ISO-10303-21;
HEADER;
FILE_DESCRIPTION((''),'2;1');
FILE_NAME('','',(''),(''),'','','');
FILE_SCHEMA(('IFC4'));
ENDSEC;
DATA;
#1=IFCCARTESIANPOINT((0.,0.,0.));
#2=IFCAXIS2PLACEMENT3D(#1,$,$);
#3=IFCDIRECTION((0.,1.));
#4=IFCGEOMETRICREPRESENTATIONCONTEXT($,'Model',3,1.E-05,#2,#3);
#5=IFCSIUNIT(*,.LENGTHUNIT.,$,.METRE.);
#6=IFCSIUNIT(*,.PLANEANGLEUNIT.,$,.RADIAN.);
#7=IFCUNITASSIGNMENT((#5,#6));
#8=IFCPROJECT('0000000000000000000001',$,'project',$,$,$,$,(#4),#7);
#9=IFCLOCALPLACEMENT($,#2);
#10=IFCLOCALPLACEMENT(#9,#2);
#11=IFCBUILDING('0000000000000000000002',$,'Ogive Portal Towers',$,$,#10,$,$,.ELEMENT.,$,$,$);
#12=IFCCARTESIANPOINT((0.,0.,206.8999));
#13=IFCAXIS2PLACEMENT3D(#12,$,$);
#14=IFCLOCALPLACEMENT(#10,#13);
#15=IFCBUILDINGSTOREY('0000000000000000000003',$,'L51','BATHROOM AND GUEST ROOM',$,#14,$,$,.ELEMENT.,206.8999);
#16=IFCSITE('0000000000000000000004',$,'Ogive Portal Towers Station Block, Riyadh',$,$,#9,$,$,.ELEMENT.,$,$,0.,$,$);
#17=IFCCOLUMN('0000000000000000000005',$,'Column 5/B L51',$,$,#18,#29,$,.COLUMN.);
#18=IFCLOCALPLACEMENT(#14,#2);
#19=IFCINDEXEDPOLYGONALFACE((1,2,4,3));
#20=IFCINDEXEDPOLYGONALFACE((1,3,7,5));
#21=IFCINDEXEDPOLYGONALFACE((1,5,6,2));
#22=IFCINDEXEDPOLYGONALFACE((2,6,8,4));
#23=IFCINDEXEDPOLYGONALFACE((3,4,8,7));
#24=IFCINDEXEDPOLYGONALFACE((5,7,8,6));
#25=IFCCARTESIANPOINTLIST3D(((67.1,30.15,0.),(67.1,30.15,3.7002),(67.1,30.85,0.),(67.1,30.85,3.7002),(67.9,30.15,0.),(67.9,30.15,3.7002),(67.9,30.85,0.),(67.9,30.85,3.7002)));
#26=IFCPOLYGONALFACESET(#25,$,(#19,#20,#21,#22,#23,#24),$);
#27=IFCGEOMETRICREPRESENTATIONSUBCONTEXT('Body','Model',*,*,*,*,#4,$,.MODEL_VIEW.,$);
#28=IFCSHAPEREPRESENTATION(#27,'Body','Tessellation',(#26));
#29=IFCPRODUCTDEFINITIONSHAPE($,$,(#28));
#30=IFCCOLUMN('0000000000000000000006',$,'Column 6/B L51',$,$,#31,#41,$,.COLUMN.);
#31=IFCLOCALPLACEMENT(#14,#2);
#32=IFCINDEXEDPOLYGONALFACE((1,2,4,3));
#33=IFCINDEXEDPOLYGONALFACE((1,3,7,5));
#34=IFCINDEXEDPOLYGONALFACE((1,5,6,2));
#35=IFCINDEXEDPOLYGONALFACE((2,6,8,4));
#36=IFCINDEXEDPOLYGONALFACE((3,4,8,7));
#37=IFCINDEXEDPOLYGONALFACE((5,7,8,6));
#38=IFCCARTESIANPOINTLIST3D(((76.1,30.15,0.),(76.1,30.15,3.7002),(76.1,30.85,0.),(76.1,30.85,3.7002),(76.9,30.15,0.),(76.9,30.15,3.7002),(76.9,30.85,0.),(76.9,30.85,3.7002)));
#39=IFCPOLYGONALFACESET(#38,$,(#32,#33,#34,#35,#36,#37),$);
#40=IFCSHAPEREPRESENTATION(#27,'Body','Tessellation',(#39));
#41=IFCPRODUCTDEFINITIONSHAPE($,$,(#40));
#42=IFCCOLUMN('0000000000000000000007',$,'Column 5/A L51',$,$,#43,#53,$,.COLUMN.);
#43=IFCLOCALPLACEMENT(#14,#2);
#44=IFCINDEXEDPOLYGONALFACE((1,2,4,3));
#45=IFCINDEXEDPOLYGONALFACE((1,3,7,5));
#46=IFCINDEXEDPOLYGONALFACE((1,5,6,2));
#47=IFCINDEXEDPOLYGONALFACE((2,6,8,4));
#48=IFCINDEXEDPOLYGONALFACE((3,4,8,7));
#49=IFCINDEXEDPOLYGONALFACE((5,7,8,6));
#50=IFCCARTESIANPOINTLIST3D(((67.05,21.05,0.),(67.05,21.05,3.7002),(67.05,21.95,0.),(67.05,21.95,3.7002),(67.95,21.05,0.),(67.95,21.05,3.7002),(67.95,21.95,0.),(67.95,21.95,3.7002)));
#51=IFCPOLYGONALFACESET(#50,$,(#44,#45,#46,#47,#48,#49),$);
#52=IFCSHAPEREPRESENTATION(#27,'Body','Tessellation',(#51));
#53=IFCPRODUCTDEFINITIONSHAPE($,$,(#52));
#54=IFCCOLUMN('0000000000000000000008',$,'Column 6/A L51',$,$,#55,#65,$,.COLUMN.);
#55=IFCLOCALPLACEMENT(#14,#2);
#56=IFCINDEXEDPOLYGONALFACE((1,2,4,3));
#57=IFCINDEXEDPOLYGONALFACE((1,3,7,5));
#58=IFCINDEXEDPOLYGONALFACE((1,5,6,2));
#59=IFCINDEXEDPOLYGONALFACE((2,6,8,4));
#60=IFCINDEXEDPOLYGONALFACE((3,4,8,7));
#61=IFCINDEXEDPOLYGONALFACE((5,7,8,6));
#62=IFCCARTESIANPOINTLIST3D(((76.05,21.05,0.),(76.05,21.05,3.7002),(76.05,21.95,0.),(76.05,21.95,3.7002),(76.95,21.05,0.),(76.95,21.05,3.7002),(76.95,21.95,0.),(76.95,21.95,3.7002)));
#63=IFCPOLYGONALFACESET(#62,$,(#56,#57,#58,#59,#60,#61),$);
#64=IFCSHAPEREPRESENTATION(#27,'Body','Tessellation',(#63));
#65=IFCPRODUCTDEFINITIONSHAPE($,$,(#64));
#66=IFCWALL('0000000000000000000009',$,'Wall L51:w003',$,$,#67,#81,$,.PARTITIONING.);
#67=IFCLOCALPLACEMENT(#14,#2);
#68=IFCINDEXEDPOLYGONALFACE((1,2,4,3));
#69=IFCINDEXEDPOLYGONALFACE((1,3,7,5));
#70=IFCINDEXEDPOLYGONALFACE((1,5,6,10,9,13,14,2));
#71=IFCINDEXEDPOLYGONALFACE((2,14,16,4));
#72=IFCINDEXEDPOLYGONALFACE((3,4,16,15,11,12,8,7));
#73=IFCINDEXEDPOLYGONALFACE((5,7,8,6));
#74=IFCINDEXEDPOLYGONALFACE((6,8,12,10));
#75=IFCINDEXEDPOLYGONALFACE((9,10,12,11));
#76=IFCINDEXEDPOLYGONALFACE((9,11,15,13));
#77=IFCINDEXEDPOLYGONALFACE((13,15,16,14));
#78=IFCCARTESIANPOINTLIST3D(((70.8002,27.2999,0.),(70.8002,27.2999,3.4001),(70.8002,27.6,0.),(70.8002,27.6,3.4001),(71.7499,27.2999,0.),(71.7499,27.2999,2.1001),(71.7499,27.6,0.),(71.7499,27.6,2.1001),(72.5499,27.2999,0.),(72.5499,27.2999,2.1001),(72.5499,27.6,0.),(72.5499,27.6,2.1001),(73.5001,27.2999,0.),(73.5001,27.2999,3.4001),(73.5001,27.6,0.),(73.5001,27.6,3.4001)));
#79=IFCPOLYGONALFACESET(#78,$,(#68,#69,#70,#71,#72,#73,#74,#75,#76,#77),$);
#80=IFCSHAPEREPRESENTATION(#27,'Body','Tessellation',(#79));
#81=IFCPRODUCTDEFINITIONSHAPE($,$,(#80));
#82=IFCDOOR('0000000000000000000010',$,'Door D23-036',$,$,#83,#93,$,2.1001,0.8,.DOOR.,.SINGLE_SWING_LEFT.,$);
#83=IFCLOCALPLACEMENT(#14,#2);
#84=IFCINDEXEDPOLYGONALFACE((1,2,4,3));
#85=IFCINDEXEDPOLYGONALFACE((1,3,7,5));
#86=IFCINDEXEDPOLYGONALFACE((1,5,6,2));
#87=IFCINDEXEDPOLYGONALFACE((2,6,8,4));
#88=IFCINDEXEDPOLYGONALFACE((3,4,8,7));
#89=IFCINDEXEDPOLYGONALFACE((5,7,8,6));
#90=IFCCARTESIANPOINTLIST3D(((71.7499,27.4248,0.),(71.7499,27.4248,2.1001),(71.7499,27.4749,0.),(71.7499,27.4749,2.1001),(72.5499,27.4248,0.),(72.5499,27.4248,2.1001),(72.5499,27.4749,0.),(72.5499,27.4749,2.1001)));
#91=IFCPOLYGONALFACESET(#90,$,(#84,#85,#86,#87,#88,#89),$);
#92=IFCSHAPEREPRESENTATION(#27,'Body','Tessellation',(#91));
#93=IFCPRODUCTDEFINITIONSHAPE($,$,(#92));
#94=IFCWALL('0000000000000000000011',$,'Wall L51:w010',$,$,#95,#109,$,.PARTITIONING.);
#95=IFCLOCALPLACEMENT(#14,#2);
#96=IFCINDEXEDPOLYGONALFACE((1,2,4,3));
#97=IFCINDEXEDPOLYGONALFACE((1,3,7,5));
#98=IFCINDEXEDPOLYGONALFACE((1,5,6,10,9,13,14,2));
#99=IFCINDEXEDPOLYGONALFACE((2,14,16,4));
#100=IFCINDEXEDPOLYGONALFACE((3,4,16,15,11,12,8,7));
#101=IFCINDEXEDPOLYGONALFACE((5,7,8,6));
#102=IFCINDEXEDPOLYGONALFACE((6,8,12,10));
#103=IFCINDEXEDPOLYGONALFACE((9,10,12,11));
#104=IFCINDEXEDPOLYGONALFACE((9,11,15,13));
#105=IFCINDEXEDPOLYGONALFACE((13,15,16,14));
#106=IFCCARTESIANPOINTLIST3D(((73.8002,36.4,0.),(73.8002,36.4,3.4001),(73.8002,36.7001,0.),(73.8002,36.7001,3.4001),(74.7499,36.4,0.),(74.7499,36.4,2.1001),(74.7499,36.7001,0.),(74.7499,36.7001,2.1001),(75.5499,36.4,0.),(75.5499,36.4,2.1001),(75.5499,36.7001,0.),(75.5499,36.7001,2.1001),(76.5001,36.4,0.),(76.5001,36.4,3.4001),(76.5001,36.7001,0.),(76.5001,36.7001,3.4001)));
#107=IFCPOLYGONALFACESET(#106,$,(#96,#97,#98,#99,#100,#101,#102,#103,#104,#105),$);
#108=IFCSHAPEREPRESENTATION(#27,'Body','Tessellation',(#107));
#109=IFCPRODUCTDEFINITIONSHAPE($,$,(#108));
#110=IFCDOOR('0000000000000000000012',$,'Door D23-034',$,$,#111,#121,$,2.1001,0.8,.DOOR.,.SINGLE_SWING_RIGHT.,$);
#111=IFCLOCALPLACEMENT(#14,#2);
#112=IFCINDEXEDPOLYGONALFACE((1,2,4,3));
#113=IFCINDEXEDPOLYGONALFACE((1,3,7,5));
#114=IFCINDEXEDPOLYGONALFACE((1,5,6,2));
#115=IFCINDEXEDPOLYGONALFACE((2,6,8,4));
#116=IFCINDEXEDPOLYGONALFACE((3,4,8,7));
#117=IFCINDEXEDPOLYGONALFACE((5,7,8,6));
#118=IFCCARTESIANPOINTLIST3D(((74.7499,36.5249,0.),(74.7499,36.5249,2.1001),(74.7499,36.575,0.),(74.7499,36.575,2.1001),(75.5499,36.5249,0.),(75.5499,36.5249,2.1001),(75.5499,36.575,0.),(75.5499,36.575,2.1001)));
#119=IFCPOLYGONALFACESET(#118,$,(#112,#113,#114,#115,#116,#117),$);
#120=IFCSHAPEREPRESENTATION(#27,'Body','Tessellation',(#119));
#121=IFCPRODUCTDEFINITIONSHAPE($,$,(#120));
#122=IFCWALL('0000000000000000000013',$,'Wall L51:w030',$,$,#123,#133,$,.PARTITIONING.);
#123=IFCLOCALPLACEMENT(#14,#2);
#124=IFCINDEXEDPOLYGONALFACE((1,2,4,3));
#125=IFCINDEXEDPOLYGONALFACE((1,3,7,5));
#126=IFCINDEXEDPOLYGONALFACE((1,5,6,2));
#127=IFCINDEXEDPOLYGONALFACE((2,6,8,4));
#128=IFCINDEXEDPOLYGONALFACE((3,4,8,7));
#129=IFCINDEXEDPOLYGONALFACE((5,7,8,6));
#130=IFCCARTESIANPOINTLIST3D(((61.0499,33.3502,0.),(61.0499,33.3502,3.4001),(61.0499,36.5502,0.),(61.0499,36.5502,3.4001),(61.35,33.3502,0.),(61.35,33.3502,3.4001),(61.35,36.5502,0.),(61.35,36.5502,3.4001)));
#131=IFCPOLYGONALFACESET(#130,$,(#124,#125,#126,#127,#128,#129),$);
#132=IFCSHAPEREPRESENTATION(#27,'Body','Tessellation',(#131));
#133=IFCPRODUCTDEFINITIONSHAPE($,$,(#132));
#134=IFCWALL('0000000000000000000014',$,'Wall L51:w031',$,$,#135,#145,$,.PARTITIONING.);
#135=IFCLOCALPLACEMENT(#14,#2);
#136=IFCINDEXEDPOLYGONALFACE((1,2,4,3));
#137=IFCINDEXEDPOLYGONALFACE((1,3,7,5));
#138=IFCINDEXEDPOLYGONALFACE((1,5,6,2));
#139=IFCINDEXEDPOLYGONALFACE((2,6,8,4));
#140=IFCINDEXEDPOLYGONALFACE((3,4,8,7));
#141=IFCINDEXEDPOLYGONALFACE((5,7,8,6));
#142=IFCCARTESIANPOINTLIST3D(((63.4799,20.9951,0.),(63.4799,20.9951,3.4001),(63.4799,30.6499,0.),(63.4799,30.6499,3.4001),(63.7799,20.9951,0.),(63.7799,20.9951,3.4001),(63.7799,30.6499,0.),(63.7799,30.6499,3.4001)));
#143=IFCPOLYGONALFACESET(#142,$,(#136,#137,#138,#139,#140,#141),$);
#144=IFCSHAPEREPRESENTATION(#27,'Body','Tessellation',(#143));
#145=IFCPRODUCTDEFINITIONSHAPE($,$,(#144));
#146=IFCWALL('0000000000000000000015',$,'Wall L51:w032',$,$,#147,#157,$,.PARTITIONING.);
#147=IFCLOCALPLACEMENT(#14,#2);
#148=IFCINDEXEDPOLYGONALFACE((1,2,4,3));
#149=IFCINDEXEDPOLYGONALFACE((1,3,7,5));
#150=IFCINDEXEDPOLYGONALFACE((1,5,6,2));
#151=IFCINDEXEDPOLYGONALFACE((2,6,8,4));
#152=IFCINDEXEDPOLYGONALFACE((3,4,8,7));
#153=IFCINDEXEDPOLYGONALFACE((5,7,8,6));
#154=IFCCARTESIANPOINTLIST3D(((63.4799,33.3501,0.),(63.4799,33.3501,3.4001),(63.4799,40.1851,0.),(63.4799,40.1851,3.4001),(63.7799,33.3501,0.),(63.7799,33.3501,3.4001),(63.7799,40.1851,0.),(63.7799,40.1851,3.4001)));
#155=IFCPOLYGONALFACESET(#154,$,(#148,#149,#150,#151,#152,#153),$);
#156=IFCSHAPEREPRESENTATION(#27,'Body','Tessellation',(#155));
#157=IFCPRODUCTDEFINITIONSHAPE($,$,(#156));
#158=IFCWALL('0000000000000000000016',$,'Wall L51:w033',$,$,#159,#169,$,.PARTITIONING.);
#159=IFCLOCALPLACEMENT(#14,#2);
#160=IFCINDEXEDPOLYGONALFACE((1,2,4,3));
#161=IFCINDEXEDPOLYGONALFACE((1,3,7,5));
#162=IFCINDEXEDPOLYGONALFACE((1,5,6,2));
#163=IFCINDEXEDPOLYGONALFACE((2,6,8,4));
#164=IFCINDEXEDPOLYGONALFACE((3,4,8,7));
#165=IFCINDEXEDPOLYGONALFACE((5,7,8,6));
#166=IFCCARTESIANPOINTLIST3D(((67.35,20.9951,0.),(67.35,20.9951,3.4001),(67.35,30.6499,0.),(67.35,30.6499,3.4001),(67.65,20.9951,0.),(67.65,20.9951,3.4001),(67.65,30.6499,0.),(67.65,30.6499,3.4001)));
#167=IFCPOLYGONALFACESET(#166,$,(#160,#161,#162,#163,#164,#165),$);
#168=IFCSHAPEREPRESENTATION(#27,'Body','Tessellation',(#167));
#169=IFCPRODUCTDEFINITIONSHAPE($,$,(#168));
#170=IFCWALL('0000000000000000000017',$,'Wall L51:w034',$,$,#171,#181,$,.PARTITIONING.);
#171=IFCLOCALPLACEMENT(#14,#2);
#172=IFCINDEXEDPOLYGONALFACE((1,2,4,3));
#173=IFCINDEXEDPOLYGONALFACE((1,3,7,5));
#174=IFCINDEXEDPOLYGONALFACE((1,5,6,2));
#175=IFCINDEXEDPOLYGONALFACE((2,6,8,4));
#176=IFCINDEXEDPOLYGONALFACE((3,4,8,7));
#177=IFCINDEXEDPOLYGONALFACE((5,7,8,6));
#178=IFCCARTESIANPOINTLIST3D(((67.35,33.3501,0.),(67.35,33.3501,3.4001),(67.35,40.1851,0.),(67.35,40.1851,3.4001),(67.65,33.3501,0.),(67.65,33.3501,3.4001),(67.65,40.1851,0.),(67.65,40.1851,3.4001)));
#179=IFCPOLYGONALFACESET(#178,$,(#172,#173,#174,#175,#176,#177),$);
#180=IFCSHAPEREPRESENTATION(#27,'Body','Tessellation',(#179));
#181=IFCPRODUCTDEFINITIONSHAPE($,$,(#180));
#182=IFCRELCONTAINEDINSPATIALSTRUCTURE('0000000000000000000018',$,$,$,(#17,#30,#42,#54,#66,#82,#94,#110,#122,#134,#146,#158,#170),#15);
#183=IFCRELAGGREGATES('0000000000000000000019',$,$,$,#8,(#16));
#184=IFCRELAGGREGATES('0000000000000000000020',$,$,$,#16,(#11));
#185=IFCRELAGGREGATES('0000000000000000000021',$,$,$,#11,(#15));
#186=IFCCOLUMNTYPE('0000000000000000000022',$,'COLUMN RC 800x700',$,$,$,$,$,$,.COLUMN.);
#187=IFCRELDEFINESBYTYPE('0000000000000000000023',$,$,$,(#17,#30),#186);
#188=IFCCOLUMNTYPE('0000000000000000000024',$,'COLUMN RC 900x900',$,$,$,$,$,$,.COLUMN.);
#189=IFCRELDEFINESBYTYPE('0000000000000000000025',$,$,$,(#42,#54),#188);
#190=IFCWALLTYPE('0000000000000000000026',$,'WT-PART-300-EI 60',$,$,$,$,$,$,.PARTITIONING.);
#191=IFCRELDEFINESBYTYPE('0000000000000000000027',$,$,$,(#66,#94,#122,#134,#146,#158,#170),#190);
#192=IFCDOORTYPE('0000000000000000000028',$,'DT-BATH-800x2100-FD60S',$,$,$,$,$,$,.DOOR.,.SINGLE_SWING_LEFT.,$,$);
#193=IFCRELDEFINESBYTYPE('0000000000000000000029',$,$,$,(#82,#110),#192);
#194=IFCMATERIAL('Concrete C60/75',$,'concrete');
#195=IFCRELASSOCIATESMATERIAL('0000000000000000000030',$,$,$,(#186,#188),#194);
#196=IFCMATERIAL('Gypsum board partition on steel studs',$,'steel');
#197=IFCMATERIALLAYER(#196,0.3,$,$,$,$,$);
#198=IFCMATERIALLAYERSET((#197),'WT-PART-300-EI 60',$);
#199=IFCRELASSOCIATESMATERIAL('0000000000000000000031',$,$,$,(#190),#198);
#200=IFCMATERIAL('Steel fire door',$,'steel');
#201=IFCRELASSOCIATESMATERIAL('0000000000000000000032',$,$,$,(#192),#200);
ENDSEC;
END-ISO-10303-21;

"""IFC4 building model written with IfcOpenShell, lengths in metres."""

from ifc_helpers import new_model, si_unit, direction, frame, frame_2d, origin, origin_2d, place, context, subcontext, project, spatial, rectangle, extrude, material, layer, layer_set, material_profile, profile_set, type_object, element, fill, save


model = new_model("IFC4")

# Units and contexts
model_context = context("Model", 3, precision=1e-05, world=origin(), true_north=direction((0.0, 1.0)))
body_context = subcontext(model_context, "Body", "Model", "MODEL_VIEW")
ifc_project = project(units=[si_unit("LENGTHUNIT", "METRE"), si_unit("PLANEANGLEUNIT", "RADIAN")], contexts=[model_context])

# Site, building, storey
site_placement = place(None, origin())
site = spatial("IfcSite", under=ifc_project, at=site_placement, Name="Ogive Portal Towers Station Block, Riyadh", CompositionType="ELEMENT", RefElevation=0.0)
building_placement = place(site_placement, origin())
building = spatial("IfcBuilding", under=site, at=building_placement, Name="Ogive Portal Towers", CompositionType="ELEMENT")
storey_placement = place(building_placement, frame((0.0, 0.0, 206.8999)))
storey = spatial("IfcBuildingStorey", under=building, at=storey_placement, Name="L51", Description="BATHROOM AND GUEST ROOM", CompositionType="ELEMENT", Elevation=206.8999)

# Columns
ifc_material_1 = material(Name="Concrete C60/75", Category="concrete")
ifc_material_profile_1 = material_profile(ifc_material_1, rectangle(XDim=0.8, YDim=0.7, at=origin_2d()), Name="RC 800x700")
ifc_profile_set_1 = profile_set([ifc_material_profile_1], Name="Concrete C60/75")
column_type_1 = type_object("IfcColumnType", Name="COLUMN RC 800x700", PredefinedType="COLUMN", material=ifc_profile_set_1)
for number, where, z_axis, x_axis, name in (
    (1, (67.5, 30.5, 0.0), (0.0, 0.0, 1.0), (1.0, 0.0, 0.0), "Column 5/B L51"),
    (2, (76.5, 30.5, 0.0), (0.0, 0.0, 1.0), (1.0, 0.0, 0.0), "Column 6/B L51"),
):
    element("IfcColumn", number, at=place(storey_placement, frame(where, z_axis=z_axis, x_axis=x_axis)), inside=storey, type_object=column_type_1, Name=name, PredefinedType="COLUMN", context=body_context, shape_type="SweptSolid", body=[
        extrude(rectangle(XDim=0.8, YDim=0.7, at=origin_2d()), origin(), (0.0, 0.0, 1.0), 3.7002),
    ])
ifc_material_profile_2 = material_profile(ifc_material_1, rectangle(XDim=0.8999, YDim=0.8999, at=origin_2d()), Name="RC 900x900")
ifc_profile_set_2 = profile_set([ifc_material_profile_2], Name="Concrete C60/75")
column_type_2 = type_object("IfcColumnType", Name="COLUMN RC 900x900", PredefinedType="COLUMN", material=ifc_profile_set_2)
for number, where, z_axis, x_axis, name in (
    (3, (67.5, 21.5, 0.0), (0.0, 0.0, 1.0), (1.0, 0.0, 0.0), "Column 5/A L51"),
    (4, (76.5, 21.5, 0.0), (0.0, 0.0, 1.0), (1.0, 0.0, 0.0), "Column 6/A L51"),
):
    element("IfcColumn", number, at=place(storey_placement, frame(where, z_axis=z_axis, x_axis=x_axis)), inside=storey, type_object=column_type_2, Name=name, PredefinedType="COLUMN", context=body_context, shape_type="SweptSolid", body=[
        extrude(rectangle(XDim=0.8999, YDim=0.8999, at=origin_2d()), origin(), (0.0, 0.0, 1.0), 3.7002),
    ])

# Walls, openings, doors
ifc_material_2 = material(Name="Gypsum board partition on steel studs", Category="steel")
ifc_layer_1 = layer(ifc_material_2, 0.3)
ifc_layer_set_1 = layer_set([ifc_layer_1], Name="WT-PART-300-EI 60")
wall_type = type_object("IfcWallType", Name="WT-PART-300-EI 60", PredefinedType="PARTITIONING", material=ifc_layer_set_1)
wall_1_placement = place(storey_placement, frame((70.8, 27.45, 0.0), z_axis=(0.0, 0.0, 1.0), x_axis=(1.0, 0.0, 0.0)))
wall_1 = element("IfcWall", 5, at=wall_1_placement, inside=storey, type_object=wall_type, Name="Wall L51:w003", PredefinedType="PARTITIONING", context=body_context, shape_type="SweptSolid", body=[
    extrude(rectangle(XDim=2.7, YDim=0.3, at=frame_2d((1.3501, 0.0))), origin(), (0.0, 0.0, 1.0), 3.4001),
])
opening_1_placement = place(wall_1_placement, frame((0.95, 0.0, 0.0)))
opening_1 = element("IfcOpeningElement", 6, at=opening_1_placement, cuts=wall_1, PredefinedType="OPENING", context=body_context, shape_type="SweptSolid", body=[
    extrude(rectangle(XDim=0.8, YDim=2.1001, at=frame_2d((0.3999, 1.05))), frame((0.0, 0.1602, 0.0), z_axis=(0.0, -1.0, 0.0), x_axis=(1.0, 0.0, 0.0)), (0.0, 0.0, 1.0), 0.3201),
])
ifc_material_3 = material(Name="Steel fire door", Category="steel")
door_type = type_object("IfcDoorType", Name="DT-BATH-800x2100-FD60S", OperationType="SINGLE_SWING_LEFT", PredefinedType="DOOR", material=ifc_material_3)
door_1_placement = place(opening_1_placement, origin())
door_1 = element("IfcDoor", 7, at=door_1_placement, inside=storey, type_object=door_type, Name="Door D23-036", OperationType="SINGLE_SWING_LEFT", OverallHeight=2.1001, OverallWidth=0.8, PredefinedType="DOOR", context=body_context, shape_type="SweptSolid", body=[
    extrude(rectangle(XDim=0.8, YDim=2.1001, at=frame_2d((0.3999, 1.05))), frame((0.0, 0.0249, 0.0), z_axis=(0.0, -1.0, 0.0), x_axis=(1.0, 0.0, 0.0)), (0.0, 0.0, 1.0), 0.05),
])
fill(opening_1, door_1)
wall_2_placement = place(storey_placement, frame((73.8, 36.55, 0.0), z_axis=(0.0, 0.0, 1.0), x_axis=(1.0, 0.0, 0.0)))
wall_2 = element("IfcWall", 8, at=wall_2_placement, inside=storey, type_object=wall_type, Name="Wall L51:w010", PredefinedType="PARTITIONING", context=body_context, shape_type="SweptSolid", body=[
    extrude(rectangle(XDim=2.7, YDim=0.3, at=frame_2d((1.3501, 0.0))), origin(), (0.0, 0.0, 1.0), 3.4001),
])
opening_2_placement = place(wall_2_placement, frame((0.95, 0.0, 0.0)))
opening_2 = element("IfcOpeningElement", 9, at=opening_2_placement, cuts=wall_2, PredefinedType="OPENING", context=body_context, shape_type="SweptSolid", body=[
    extrude(rectangle(XDim=0.8, YDim=2.1001, at=frame_2d((0.3999, 1.05))), frame((0.0, 0.1602, 0.0), z_axis=(0.0, -1.0, 0.0), x_axis=(1.0, 0.0, 0.0)), (0.0, 0.0, 1.0), 0.3201),
])
door_2_placement = place(opening_2_placement, origin())
door_2 = element("IfcDoor", 10, at=door_2_placement, inside=storey, type_object=door_type, Name="Door D23-034", OperationType="SINGLE_SWING_RIGHT", OverallHeight=2.1001, OverallWidth=0.8, PredefinedType="DOOR", context=body_context, shape_type="SweptSolid", body=[
    extrude(rectangle(XDim=0.8, YDim=2.1001, at=frame_2d((0.3999, 1.05))), frame((0.0, 0.0249, 0.0), z_axis=(0.0, -1.0, 0.0), x_axis=(1.0, 0.0, 0.0)), (0.0, 0.0, 1.0), 0.05),
])
fill(opening_2, door_2)

# Walls
wall_3_placement = place(storey_placement, frame((61.2, 33.3501, 0.0), z_axis=(0.0, 0.0, 1.0), x_axis=(0.0, 1.0, 0.0)))
element("IfcWall", 11, at=wall_3_placement, inside=storey, type_object=wall_type, Name="Wall L51:w030", PredefinedType="PARTITIONING", context=body_context, shape_type="SweptSolid", body=[
    extrude(rectangle(XDim=3.2, YDim=0.3, at=frame_2d((1.6001, 0.0))), origin(), (0.0, 0.0, 1.0), 3.4001),
])
wall_4_placement = place(storey_placement, frame((63.6299, 20.9951, 0.0), z_axis=(0.0, 0.0, 1.0), x_axis=(0.0, 1.0, 0.0)))
element("IfcWall", 12, at=wall_4_placement, inside=storey, type_object=wall_type, Name="Wall L51:w031", PredefinedType="PARTITIONING", context=body_context, shape_type="SweptSolid", body=[
    extrude(rectangle(XDim=9.6548, YDim=0.3, at=frame_2d((4.8274, 0.0))), origin(), (0.0, 0.0, 1.0), 3.4001),
])
wall_5_placement = place(storey_placement, frame((63.6299, 33.3501, 0.0), z_axis=(0.0, 0.0, 1.0), x_axis=(0.0, 1.0, 0.0)))
element("IfcWall", 13, at=wall_5_placement, inside=storey, type_object=wall_type, Name="Wall L51:w032", PredefinedType="PARTITIONING", context=body_context, shape_type="SweptSolid", body=[
    extrude(rectangle(XDim=6.835, YDim=0.3, at=frame_2d((3.4175, 0.0))), origin(), (0.0, 0.0, 1.0), 3.4001),
])
wall_6_placement = place(storey_placement, frame((67.5, 20.9951, 0.0), z_axis=(0.0, 0.0, 1.0), x_axis=(0.0, 1.0, 0.0)))
element("IfcWall", 14, at=wall_6_placement, inside=storey, type_object=wall_type, Name="Wall L51:w033", PredefinedType="PARTITIONING", context=body_context, shape_type="SweptSolid", body=[
    extrude(rectangle(XDim=9.6548, YDim=0.3, at=frame_2d((4.8274, 0.0))), origin(), (0.0, 0.0, 1.0), 3.4001),
])
wall_7_placement = place(storey_placement, frame((67.5, 33.3501, 0.0), z_axis=(0.0, 0.0, 1.0), x_axis=(0.0, 1.0, 0.0)))
element("IfcWall", 15, at=wall_7_placement, inside=storey, type_object=wall_type, Name="Wall L51:w034", PredefinedType="PARTITIONING", context=body_context, shape_type="SweptSolid", body=[
    extrude(rectangle(XDim=6.835, YDim=0.3, at=frame_2d((3.4175, 0.0))), origin(), (0.0, 0.0, 1.0), 3.4001),
])

save(model, "model.ifc")
